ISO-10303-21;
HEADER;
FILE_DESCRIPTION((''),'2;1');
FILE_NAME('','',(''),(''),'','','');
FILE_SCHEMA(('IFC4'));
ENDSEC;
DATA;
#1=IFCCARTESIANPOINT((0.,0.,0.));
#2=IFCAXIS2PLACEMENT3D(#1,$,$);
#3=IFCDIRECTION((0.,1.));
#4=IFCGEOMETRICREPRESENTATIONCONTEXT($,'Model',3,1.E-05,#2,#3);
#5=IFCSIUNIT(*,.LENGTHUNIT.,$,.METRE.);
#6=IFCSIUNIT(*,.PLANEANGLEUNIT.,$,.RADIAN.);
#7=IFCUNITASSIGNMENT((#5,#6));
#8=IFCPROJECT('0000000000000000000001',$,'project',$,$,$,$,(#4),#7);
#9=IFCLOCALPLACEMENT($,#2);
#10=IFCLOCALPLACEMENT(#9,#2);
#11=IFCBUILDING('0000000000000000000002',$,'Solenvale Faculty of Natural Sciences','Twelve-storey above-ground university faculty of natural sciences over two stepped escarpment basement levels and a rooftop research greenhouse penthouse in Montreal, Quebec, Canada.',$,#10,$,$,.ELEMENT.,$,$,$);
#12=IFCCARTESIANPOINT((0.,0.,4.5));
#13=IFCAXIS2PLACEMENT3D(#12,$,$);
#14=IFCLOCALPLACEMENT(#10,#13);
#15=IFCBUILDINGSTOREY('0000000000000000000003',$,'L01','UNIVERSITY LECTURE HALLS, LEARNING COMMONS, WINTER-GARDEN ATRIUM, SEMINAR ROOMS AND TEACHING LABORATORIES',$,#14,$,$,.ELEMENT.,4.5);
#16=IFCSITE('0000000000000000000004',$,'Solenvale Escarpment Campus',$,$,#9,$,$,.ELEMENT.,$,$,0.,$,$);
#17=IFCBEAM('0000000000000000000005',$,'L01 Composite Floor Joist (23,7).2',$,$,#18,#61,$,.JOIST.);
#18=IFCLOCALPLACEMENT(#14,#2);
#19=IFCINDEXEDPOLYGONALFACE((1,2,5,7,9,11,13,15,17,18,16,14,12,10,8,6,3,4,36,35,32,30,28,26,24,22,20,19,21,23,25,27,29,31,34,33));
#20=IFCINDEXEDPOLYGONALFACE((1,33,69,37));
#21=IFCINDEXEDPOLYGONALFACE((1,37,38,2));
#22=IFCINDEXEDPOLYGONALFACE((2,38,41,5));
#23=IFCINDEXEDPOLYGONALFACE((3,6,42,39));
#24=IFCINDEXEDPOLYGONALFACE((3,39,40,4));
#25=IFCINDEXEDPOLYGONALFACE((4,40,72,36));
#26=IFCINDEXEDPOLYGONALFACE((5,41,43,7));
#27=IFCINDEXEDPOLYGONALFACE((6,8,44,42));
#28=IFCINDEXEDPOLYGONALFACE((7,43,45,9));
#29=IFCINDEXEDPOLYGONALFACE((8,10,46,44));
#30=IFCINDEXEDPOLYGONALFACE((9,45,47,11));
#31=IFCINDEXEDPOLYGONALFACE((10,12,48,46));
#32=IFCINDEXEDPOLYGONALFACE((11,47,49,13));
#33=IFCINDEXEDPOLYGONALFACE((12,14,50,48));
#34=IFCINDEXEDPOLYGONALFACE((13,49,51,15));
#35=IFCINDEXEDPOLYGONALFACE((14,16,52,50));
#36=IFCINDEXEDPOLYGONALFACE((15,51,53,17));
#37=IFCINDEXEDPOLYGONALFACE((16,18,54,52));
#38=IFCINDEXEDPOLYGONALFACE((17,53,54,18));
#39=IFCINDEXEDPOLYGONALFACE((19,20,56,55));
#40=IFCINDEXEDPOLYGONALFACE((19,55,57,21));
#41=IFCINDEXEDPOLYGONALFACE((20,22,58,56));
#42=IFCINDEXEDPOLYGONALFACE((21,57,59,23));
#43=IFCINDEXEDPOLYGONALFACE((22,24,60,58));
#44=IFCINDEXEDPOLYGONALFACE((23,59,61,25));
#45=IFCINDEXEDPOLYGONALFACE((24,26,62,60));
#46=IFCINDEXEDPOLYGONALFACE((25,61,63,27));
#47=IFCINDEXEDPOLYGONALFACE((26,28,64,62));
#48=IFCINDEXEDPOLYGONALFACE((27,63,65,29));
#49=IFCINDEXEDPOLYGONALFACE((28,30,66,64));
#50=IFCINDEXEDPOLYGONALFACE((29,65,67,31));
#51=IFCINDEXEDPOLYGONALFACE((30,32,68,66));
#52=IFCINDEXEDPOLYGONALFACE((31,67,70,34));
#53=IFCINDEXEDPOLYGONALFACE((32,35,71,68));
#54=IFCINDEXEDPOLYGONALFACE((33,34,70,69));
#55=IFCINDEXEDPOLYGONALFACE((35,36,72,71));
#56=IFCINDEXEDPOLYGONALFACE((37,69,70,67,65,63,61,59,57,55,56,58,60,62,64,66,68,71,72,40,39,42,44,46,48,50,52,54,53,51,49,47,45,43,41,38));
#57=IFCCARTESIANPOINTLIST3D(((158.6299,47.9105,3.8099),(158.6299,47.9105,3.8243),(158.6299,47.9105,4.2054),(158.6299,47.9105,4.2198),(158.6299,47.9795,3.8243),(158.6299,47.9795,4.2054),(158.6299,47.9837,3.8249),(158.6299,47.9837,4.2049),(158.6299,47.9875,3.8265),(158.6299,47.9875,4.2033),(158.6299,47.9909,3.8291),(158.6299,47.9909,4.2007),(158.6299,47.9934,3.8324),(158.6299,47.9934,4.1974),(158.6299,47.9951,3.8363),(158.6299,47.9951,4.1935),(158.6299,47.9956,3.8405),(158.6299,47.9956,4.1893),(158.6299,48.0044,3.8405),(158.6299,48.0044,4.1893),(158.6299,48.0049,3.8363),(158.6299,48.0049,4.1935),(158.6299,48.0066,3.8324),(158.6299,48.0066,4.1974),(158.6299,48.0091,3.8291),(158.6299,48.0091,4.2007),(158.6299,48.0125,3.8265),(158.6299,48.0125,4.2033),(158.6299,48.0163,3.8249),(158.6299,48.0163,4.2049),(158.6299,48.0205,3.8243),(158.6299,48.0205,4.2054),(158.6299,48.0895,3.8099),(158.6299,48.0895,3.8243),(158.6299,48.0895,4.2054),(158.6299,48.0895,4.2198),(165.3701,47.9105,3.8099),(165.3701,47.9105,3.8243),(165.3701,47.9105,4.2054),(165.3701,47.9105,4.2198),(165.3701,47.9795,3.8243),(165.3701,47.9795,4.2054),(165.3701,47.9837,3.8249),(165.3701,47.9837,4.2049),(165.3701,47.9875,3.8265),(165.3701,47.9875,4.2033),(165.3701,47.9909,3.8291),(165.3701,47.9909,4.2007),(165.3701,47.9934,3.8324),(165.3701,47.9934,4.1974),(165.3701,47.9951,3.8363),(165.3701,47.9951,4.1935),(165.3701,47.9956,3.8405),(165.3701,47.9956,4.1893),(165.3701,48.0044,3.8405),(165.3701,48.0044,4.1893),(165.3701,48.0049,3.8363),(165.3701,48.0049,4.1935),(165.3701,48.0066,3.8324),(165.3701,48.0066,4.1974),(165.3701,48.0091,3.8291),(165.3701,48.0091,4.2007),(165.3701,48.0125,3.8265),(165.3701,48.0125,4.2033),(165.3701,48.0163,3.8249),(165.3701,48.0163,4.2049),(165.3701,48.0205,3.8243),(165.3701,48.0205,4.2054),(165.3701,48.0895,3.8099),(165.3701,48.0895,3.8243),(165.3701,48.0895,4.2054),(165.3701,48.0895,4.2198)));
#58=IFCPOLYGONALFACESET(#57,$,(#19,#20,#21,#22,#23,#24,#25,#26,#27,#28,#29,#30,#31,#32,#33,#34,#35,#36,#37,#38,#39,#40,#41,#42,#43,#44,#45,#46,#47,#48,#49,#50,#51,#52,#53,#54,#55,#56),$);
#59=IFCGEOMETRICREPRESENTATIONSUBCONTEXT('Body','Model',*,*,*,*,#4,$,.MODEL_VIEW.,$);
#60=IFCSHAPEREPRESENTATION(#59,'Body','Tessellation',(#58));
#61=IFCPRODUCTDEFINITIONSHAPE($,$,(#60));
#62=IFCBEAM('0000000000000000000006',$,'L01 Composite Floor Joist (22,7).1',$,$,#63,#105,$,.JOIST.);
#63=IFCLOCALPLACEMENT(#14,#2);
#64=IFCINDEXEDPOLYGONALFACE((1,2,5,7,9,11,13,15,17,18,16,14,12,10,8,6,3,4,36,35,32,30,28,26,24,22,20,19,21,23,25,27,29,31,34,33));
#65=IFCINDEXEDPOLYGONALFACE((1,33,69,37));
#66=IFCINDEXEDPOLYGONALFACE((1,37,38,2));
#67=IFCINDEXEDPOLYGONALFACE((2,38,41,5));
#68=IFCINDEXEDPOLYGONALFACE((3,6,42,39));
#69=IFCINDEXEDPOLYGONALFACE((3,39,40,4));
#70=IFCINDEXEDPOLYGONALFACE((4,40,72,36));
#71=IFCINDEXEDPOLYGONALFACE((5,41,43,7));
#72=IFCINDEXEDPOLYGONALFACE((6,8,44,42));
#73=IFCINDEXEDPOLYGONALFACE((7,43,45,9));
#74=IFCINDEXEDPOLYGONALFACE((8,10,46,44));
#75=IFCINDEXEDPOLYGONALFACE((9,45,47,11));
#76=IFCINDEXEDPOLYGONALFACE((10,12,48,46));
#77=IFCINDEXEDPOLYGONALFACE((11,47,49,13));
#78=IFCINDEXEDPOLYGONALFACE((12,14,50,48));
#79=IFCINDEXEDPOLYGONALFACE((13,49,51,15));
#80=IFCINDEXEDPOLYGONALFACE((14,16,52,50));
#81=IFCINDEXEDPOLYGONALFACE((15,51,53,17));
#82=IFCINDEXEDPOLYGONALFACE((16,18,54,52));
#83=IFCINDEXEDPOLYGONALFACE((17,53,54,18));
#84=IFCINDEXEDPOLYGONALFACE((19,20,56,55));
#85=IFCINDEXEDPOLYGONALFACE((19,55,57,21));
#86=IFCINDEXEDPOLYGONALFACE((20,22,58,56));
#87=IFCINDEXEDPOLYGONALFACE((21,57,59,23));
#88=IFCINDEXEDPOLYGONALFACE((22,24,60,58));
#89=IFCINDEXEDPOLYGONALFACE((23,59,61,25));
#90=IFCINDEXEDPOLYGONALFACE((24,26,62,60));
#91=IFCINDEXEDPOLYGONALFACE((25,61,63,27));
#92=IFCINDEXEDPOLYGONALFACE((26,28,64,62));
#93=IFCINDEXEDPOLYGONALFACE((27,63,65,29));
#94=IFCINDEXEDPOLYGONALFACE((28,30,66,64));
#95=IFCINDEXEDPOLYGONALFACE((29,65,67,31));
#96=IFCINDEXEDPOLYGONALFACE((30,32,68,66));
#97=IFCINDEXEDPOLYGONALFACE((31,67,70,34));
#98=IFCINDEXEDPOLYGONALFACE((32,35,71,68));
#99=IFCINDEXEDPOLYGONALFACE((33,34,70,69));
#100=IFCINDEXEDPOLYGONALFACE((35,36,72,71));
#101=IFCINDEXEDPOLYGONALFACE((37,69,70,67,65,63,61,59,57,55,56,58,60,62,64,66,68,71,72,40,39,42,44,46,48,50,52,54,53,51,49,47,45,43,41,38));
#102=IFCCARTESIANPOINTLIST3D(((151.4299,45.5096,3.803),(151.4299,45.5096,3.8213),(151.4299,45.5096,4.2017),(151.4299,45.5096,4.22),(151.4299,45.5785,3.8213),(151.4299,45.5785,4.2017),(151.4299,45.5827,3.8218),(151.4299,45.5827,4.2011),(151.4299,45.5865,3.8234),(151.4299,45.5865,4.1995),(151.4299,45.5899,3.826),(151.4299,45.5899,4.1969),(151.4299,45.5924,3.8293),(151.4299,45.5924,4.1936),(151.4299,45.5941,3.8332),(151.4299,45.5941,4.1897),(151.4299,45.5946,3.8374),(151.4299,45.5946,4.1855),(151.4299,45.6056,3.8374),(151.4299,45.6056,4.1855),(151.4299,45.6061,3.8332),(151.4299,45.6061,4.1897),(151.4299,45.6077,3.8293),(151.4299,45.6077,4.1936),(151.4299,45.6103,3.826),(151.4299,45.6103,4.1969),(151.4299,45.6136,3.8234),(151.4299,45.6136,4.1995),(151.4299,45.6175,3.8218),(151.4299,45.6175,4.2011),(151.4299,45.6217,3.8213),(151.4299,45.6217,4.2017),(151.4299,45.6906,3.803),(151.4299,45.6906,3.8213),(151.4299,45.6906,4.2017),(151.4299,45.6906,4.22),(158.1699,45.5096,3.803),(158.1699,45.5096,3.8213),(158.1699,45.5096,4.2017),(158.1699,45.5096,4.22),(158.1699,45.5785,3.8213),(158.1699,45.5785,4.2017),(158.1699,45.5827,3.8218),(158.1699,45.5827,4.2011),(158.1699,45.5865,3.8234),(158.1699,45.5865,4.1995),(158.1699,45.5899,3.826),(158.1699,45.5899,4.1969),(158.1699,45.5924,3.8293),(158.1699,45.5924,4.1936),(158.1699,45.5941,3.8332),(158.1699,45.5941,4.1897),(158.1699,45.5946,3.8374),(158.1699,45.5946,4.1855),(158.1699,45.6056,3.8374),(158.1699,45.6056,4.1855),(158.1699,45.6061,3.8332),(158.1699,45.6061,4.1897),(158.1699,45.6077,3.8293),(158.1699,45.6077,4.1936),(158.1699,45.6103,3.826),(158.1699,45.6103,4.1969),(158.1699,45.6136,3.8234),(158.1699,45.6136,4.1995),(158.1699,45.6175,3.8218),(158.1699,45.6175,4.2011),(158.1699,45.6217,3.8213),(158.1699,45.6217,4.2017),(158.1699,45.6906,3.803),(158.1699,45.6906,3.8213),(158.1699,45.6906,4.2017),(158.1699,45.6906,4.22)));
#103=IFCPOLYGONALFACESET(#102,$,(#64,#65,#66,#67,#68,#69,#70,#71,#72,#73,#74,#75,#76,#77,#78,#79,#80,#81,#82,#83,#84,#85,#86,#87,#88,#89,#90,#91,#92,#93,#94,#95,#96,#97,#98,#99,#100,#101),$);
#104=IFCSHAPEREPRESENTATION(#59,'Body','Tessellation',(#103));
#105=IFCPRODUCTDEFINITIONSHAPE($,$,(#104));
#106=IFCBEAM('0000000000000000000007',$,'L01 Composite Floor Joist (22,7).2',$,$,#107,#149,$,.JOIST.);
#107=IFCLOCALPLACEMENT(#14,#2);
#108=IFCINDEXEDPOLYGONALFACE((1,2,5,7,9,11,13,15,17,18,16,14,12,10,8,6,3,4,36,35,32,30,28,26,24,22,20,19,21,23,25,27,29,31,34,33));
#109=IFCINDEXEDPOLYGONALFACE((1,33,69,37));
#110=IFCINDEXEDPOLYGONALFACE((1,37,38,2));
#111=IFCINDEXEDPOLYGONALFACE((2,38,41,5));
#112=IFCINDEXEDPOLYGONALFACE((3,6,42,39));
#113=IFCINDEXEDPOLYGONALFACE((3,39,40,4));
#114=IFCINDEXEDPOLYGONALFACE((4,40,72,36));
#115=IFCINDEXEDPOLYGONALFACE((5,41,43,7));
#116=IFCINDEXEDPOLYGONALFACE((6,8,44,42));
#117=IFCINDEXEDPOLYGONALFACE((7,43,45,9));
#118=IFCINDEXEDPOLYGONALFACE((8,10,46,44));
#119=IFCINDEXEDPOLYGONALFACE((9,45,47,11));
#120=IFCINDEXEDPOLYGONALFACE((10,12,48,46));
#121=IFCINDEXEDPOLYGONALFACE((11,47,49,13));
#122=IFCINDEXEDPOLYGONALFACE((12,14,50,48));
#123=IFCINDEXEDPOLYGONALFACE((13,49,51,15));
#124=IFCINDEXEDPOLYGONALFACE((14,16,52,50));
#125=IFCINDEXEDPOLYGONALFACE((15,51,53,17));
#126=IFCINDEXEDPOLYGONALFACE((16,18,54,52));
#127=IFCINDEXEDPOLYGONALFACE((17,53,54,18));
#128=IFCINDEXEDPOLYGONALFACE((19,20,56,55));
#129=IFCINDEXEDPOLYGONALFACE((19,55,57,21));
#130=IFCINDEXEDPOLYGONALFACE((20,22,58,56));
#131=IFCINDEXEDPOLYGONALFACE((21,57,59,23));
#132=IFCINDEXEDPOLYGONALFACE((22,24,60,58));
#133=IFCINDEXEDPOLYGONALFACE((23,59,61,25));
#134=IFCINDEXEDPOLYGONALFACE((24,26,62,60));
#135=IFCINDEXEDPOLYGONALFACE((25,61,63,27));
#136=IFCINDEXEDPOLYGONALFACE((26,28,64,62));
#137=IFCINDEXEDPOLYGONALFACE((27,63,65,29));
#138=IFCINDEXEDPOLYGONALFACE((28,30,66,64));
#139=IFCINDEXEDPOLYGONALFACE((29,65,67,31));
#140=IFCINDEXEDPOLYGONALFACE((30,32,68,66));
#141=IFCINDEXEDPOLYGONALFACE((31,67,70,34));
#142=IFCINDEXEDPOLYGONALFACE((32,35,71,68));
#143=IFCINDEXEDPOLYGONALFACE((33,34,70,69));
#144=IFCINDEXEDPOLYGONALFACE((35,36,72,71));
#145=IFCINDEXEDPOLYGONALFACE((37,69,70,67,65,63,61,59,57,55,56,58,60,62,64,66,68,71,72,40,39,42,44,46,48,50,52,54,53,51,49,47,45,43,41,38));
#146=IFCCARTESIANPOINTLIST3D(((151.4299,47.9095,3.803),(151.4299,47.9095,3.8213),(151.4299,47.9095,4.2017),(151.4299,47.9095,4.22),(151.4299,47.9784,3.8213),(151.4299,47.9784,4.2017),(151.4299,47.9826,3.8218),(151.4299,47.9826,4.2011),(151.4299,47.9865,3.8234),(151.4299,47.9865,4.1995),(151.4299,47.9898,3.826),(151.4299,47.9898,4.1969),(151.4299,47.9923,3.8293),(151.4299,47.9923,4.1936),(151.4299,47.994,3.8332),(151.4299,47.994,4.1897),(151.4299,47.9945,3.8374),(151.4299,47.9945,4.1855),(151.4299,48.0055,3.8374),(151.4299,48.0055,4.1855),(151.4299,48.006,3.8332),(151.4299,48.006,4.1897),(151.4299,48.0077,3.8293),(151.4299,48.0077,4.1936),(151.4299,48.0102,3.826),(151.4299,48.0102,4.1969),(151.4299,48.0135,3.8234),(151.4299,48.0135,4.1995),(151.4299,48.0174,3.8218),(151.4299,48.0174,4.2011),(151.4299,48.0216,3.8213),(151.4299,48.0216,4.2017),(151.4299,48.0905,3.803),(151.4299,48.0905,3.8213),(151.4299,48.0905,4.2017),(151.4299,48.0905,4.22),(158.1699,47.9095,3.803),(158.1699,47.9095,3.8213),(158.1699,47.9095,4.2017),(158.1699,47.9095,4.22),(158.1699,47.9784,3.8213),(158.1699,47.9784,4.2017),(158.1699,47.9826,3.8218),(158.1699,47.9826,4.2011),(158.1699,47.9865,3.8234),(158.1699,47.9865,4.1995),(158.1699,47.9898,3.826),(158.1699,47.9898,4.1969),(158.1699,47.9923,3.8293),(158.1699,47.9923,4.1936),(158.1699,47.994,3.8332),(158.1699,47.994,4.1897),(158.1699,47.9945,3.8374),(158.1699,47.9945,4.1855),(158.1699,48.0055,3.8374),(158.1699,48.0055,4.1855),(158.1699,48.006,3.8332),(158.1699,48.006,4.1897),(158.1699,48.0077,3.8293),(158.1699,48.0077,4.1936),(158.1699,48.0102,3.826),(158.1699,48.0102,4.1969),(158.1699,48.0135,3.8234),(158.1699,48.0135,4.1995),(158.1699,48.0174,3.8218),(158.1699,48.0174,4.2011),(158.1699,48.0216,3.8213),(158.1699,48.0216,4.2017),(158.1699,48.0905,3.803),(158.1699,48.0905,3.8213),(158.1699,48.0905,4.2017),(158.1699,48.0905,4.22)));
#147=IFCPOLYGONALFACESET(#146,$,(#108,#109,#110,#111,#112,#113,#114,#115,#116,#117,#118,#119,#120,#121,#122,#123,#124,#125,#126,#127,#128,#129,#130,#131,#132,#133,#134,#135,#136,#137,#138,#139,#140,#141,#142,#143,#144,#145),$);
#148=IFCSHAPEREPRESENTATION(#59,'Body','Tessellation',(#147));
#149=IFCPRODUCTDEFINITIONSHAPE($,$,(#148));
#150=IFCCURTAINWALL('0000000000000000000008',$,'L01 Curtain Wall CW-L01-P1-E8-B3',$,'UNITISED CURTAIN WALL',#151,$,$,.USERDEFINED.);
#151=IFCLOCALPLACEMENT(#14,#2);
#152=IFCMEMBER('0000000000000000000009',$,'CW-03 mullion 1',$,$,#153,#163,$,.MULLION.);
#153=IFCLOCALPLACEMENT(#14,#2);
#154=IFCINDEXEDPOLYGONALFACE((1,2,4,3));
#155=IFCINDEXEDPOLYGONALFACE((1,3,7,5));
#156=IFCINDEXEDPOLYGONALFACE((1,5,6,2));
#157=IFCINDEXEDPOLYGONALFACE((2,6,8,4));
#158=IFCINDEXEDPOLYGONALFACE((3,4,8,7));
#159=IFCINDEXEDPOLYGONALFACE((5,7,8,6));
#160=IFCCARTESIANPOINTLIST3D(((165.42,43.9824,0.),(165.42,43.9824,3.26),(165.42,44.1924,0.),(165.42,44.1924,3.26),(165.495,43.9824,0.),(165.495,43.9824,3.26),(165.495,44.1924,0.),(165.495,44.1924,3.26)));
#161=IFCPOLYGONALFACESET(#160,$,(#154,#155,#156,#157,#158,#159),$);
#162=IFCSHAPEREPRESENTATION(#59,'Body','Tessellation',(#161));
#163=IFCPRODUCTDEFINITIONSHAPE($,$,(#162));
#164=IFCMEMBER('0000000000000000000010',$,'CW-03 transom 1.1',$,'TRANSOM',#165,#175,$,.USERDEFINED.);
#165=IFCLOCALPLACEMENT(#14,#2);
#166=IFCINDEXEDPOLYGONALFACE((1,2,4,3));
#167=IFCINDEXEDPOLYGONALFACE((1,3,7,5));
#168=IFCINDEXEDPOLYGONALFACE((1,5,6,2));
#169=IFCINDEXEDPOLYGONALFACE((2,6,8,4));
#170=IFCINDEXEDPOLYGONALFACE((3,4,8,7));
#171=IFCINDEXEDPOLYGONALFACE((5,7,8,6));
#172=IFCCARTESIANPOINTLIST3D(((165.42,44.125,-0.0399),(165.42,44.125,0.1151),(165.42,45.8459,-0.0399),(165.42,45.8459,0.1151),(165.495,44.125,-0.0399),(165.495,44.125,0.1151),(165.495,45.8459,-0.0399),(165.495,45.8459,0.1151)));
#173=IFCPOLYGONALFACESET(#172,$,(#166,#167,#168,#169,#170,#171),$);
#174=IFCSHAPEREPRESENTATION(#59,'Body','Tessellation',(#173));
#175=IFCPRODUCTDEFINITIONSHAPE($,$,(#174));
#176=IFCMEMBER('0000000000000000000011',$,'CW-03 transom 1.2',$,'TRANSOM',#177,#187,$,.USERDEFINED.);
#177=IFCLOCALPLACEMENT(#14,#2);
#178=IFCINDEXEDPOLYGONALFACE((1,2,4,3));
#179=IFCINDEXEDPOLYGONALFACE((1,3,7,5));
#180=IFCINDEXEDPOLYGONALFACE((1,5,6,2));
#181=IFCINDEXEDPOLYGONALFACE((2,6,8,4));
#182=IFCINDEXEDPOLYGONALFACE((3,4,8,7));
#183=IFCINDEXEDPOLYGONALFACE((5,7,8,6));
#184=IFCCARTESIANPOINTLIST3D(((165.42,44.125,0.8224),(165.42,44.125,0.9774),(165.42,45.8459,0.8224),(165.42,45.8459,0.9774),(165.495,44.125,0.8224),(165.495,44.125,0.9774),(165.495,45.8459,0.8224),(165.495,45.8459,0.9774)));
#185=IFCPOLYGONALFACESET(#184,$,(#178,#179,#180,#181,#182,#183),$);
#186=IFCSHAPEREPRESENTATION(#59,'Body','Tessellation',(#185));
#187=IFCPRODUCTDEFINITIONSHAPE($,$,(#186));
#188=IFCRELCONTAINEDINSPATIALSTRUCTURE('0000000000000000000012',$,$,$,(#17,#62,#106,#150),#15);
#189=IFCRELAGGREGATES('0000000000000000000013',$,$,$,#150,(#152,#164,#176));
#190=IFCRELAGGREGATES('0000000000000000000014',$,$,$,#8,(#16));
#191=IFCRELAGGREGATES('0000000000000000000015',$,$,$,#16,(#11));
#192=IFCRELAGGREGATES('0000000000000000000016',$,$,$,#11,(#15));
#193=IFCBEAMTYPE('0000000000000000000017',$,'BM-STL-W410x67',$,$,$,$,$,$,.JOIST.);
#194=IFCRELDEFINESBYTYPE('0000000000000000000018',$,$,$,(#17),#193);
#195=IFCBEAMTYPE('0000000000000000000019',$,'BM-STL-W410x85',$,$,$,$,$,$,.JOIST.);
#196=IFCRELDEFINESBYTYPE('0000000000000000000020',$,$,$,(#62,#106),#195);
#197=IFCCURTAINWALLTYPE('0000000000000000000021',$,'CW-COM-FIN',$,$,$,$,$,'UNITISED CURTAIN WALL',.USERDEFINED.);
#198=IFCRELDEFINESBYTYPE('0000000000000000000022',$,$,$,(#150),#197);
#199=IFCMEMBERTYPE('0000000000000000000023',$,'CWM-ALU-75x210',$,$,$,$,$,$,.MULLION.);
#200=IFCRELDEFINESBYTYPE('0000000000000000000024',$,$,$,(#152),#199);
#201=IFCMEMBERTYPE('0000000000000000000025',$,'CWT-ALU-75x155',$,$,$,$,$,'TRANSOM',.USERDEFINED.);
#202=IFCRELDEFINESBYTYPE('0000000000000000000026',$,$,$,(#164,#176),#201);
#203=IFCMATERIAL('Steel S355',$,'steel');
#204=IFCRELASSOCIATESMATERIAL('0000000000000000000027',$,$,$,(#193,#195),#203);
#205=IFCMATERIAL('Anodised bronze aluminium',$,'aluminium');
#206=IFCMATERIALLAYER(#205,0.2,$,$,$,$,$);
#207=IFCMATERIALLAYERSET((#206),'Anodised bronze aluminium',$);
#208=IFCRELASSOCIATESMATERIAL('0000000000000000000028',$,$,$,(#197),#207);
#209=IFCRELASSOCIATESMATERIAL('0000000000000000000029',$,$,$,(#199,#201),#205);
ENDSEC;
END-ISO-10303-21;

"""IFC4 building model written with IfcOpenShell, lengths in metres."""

from ifc_helpers import new_model, si_unit, direction, frame, origin, origin_2d, place, context, subcontext, project, spatial, rectangle, i_section, extrude, material, layer, layer_set, material_profile, profile_set, type_object, element, aggregate, save


model = new_model("IFC4")

# Units and contexts
model_context = context("Model", 3, precision=1e-05, world=origin(), true_north=direction((0.0, 1.0)))
body_context = subcontext(model_context, "Body", "Model", "MODEL_VIEW")
ifc_project = project(units=[si_unit("LENGTHUNIT", "METRE"), si_unit("PLANEANGLEUNIT", "RADIAN")], contexts=[model_context])

# Site, building, storey
site_placement = place(None, origin())
site = spatial("IfcSite", under=ifc_project, at=site_placement, Name="Solenvale Escarpment Campus", CompositionType="ELEMENT", RefElevation=0.0)
building_placement = place(site_placement, origin())
building = spatial("IfcBuilding", under=site, at=building_placement, Name="Solenvale Faculty of Natural Sciences", Description="Twelve-storey above-ground university faculty of natural sciences over two stepped escarpment basement levels and a rooftop research greenhouse penthouse in Montreal, Quebec, Canada.", CompositionType="ELEMENT")
storey_placement = place(building_placement, frame((0.0, 0.0, 4.5)))
storey = spatial("IfcBuildingStorey", under=building, at=storey_placement, Name="L01", Description="UNIVERSITY LECTURE HALLS, LEARNING COMMONS, WINTER-GARDEN ATRIUM, SEMINAR ROOMS AND TEACHING LABORATORIES", CompositionType="ELEMENT", Elevation=4.5)

# Beams
ifc_material_1 = material(Name="Steel S355", Category="steel")
ifc_material_profile_1 = material_profile(ifc_material_1, i_section(OverallWidth=0.179, OverallDepth=0.4099, WebThickness=0.0088, FlangeThickness=0.0144, FilletRadius=0.0161, at=origin_2d()), Name="W410x67")
ifc_profile_set_1 = profile_set([ifc_material_profile_1], Name="Steel S355")
beam_type_1 = type_object("IfcBeamType", Name="BM-STL-W410x67", PredefinedType="JOIST", material=ifc_profile_set_1)
for number, where, z_axis, x_axis, name in (
    (1, (158.6299, 48.0, 4.0149), (1.0, 0.0, 0.0), (0.0, 1.0, 0.0), "L01 Composite Floor Joist (23,7).2"),
):
    element("IfcBeam", number, at=place(storey_placement, frame(where, z_axis=z_axis, x_axis=x_axis)), inside=storey, type_object=beam_type_1, Name=name, PredefinedType="JOIST", context=body_context, shape_type="SweptSolid", body=[
        extrude(i_section(OverallWidth=0.179, OverallDepth=0.4099, WebThickness=0.0088, FlangeThickness=0.0144, FilletRadius=0.0161, at=origin_2d()), origin(), (0.0, 0.0, 1.0), 6.7402),
    ])
ifc_material_profile_2 = material_profile(ifc_material_1, i_section(OverallWidth=0.1809, OverallDepth=0.417, WebThickness=0.011, FlangeThickness=0.0183, FilletRadius=0.0161, at=origin_2d()), Name="W410x85")
ifc_profile_set_2 = profile_set([ifc_material_profile_2], Name="Steel S355")
beam_type_2 = type_object("IfcBeamType", Name="BM-STL-W410x85", PredefinedType="JOIST", material=ifc_profile_set_2)
for number, where, z_axis, x_axis, name in (
    (2, (151.4299, 45.6001, 4.0115), (1.0, 0.0, 0.0), (0.0, 1.0, 0.0), "L01 Composite Floor Joist (22,7).1"),
    (3, (151.4299, 48.0, 4.0115), (1.0, 0.0, 0.0), (0.0, 1.0, 0.0), "L01 Composite Floor Joist (22,7).2"),
):
    element("IfcBeam", number, at=place(storey_placement, frame(where, z_axis=z_axis, x_axis=x_axis)), inside=storey, type_object=beam_type_2, Name=name, PredefinedType="JOIST", context=body_context, shape_type="SweptSolid", body=[
        extrude(i_section(OverallWidth=0.1809, OverallDepth=0.417, WebThickness=0.011, FlangeThickness=0.0183, FilletRadius=0.0161, at=origin_2d()), origin(), (0.0, 0.0, 1.0), 6.74),
    ])

# Curtain wall, members
ifc_material_2 = material(Name="Anodised bronze aluminium", Category="aluminium")
ifc_layer_1 = layer(ifc_material_2, 0.2)
ifc_layer_set_1 = layer_set([ifc_layer_1], Name="Anodised bronze aluminium")
curtain_wall_type = type_object("IfcCurtainWallType", Name="CW-COM-FIN", ElementType="UNITISED CURTAIN WALL", PredefinedType="USERDEFINED", material=ifc_layer_set_1)
curtain_wall_placement = place(storey_placement, origin())
curtain_wall = element("IfcCurtainWall", 4, at=curtain_wall_placement, inside=storey, type_object=curtain_wall_type, Name="L01 Curtain Wall CW-L01-P1-E8-B3", ObjectType="UNITISED CURTAIN WALL", PredefinedType="USERDEFINED")
ifc_material_profile_3 = material_profile(ifc_material_2, rectangle(XDim=0.075, YDim=0.21, at=origin_2d()), Name="ALU-MUL-75x210")
ifc_profile_set_3 = profile_set([ifc_material_profile_3], Name="Anodised bronze aluminium")
member_type_1 = type_object("IfcMemberType", Name="CWM-ALU-75x210", PredefinedType="MULLION", material=ifc_profile_set_3)
member_1_placement = place(storey_placement, frame((165.4575, 44.0874, 0.0), z_axis=(0.0, 0.0, 1.0), x_axis=(-1.0, 0.0, 0.0)))
member_1 = element("IfcMember", 5, at=member_1_placement, type_object=member_type_1, Name="CW-03 mullion 1", PredefinedType="MULLION", context=body_context, shape_type="SweptSolid", body=[
    extrude(rectangle(XDim=0.075, YDim=0.21, at=origin_2d()), origin(), (0.0, 0.0, 1.0), 3.26),
])
ifc_material_profile_4 = material_profile(ifc_material_2, rectangle(XDim=0.075, YDim=0.155, at=origin_2d()), Name="ALU-TRN-75x155")
ifc_profile_set_4 = profile_set([ifc_material_profile_4], Name="Anodised bronze aluminium")
member_type_2 = type_object("IfcMemberType", Name="CWT-ALU-75x155", ElementType="TRANSOM", PredefinedType="USERDEFINED", material=ifc_profile_set_4)
member_2_placement = place(storey_placement, frame((165.4575, 44.125, 0.0376), z_axis=(0.0, 1.0, 0.0), x_axis=(-1.0, 0.0, 0.0)))
member_2 = element("IfcMember", 6, at=member_2_placement, type_object=member_type_2, Name="CW-03 transom 1.1", ObjectType="TRANSOM", PredefinedType="USERDEFINED", context=body_context, shape_type="SweptSolid", body=[
    extrude(rectangle(XDim=0.075, YDim=0.155, at=origin_2d()), origin(), (0.0, 0.0, 1.0), 1.7209),
])
member_3_placement = place(storey_placement, frame((165.4575, 44.125, 0.8999), z_axis=(0.0, 1.0, 0.0), x_axis=(-1.0, 0.0, 0.0)))
member_3 = element("IfcMember", 7, at=member_3_placement, type_object=member_type_2, Name="CW-03 transom 1.2", ObjectType="TRANSOM", PredefinedType="USERDEFINED", context=body_context, shape_type="SweptSolid", body=[
    extrude(rectangle(XDim=0.075, YDim=0.155, at=origin_2d()), origin(), (0.0, 0.0, 1.0), 1.7209),
])
aggregate(curtain_wall, [member_1, member_2, member_3])

save(model, "model.ifc")
